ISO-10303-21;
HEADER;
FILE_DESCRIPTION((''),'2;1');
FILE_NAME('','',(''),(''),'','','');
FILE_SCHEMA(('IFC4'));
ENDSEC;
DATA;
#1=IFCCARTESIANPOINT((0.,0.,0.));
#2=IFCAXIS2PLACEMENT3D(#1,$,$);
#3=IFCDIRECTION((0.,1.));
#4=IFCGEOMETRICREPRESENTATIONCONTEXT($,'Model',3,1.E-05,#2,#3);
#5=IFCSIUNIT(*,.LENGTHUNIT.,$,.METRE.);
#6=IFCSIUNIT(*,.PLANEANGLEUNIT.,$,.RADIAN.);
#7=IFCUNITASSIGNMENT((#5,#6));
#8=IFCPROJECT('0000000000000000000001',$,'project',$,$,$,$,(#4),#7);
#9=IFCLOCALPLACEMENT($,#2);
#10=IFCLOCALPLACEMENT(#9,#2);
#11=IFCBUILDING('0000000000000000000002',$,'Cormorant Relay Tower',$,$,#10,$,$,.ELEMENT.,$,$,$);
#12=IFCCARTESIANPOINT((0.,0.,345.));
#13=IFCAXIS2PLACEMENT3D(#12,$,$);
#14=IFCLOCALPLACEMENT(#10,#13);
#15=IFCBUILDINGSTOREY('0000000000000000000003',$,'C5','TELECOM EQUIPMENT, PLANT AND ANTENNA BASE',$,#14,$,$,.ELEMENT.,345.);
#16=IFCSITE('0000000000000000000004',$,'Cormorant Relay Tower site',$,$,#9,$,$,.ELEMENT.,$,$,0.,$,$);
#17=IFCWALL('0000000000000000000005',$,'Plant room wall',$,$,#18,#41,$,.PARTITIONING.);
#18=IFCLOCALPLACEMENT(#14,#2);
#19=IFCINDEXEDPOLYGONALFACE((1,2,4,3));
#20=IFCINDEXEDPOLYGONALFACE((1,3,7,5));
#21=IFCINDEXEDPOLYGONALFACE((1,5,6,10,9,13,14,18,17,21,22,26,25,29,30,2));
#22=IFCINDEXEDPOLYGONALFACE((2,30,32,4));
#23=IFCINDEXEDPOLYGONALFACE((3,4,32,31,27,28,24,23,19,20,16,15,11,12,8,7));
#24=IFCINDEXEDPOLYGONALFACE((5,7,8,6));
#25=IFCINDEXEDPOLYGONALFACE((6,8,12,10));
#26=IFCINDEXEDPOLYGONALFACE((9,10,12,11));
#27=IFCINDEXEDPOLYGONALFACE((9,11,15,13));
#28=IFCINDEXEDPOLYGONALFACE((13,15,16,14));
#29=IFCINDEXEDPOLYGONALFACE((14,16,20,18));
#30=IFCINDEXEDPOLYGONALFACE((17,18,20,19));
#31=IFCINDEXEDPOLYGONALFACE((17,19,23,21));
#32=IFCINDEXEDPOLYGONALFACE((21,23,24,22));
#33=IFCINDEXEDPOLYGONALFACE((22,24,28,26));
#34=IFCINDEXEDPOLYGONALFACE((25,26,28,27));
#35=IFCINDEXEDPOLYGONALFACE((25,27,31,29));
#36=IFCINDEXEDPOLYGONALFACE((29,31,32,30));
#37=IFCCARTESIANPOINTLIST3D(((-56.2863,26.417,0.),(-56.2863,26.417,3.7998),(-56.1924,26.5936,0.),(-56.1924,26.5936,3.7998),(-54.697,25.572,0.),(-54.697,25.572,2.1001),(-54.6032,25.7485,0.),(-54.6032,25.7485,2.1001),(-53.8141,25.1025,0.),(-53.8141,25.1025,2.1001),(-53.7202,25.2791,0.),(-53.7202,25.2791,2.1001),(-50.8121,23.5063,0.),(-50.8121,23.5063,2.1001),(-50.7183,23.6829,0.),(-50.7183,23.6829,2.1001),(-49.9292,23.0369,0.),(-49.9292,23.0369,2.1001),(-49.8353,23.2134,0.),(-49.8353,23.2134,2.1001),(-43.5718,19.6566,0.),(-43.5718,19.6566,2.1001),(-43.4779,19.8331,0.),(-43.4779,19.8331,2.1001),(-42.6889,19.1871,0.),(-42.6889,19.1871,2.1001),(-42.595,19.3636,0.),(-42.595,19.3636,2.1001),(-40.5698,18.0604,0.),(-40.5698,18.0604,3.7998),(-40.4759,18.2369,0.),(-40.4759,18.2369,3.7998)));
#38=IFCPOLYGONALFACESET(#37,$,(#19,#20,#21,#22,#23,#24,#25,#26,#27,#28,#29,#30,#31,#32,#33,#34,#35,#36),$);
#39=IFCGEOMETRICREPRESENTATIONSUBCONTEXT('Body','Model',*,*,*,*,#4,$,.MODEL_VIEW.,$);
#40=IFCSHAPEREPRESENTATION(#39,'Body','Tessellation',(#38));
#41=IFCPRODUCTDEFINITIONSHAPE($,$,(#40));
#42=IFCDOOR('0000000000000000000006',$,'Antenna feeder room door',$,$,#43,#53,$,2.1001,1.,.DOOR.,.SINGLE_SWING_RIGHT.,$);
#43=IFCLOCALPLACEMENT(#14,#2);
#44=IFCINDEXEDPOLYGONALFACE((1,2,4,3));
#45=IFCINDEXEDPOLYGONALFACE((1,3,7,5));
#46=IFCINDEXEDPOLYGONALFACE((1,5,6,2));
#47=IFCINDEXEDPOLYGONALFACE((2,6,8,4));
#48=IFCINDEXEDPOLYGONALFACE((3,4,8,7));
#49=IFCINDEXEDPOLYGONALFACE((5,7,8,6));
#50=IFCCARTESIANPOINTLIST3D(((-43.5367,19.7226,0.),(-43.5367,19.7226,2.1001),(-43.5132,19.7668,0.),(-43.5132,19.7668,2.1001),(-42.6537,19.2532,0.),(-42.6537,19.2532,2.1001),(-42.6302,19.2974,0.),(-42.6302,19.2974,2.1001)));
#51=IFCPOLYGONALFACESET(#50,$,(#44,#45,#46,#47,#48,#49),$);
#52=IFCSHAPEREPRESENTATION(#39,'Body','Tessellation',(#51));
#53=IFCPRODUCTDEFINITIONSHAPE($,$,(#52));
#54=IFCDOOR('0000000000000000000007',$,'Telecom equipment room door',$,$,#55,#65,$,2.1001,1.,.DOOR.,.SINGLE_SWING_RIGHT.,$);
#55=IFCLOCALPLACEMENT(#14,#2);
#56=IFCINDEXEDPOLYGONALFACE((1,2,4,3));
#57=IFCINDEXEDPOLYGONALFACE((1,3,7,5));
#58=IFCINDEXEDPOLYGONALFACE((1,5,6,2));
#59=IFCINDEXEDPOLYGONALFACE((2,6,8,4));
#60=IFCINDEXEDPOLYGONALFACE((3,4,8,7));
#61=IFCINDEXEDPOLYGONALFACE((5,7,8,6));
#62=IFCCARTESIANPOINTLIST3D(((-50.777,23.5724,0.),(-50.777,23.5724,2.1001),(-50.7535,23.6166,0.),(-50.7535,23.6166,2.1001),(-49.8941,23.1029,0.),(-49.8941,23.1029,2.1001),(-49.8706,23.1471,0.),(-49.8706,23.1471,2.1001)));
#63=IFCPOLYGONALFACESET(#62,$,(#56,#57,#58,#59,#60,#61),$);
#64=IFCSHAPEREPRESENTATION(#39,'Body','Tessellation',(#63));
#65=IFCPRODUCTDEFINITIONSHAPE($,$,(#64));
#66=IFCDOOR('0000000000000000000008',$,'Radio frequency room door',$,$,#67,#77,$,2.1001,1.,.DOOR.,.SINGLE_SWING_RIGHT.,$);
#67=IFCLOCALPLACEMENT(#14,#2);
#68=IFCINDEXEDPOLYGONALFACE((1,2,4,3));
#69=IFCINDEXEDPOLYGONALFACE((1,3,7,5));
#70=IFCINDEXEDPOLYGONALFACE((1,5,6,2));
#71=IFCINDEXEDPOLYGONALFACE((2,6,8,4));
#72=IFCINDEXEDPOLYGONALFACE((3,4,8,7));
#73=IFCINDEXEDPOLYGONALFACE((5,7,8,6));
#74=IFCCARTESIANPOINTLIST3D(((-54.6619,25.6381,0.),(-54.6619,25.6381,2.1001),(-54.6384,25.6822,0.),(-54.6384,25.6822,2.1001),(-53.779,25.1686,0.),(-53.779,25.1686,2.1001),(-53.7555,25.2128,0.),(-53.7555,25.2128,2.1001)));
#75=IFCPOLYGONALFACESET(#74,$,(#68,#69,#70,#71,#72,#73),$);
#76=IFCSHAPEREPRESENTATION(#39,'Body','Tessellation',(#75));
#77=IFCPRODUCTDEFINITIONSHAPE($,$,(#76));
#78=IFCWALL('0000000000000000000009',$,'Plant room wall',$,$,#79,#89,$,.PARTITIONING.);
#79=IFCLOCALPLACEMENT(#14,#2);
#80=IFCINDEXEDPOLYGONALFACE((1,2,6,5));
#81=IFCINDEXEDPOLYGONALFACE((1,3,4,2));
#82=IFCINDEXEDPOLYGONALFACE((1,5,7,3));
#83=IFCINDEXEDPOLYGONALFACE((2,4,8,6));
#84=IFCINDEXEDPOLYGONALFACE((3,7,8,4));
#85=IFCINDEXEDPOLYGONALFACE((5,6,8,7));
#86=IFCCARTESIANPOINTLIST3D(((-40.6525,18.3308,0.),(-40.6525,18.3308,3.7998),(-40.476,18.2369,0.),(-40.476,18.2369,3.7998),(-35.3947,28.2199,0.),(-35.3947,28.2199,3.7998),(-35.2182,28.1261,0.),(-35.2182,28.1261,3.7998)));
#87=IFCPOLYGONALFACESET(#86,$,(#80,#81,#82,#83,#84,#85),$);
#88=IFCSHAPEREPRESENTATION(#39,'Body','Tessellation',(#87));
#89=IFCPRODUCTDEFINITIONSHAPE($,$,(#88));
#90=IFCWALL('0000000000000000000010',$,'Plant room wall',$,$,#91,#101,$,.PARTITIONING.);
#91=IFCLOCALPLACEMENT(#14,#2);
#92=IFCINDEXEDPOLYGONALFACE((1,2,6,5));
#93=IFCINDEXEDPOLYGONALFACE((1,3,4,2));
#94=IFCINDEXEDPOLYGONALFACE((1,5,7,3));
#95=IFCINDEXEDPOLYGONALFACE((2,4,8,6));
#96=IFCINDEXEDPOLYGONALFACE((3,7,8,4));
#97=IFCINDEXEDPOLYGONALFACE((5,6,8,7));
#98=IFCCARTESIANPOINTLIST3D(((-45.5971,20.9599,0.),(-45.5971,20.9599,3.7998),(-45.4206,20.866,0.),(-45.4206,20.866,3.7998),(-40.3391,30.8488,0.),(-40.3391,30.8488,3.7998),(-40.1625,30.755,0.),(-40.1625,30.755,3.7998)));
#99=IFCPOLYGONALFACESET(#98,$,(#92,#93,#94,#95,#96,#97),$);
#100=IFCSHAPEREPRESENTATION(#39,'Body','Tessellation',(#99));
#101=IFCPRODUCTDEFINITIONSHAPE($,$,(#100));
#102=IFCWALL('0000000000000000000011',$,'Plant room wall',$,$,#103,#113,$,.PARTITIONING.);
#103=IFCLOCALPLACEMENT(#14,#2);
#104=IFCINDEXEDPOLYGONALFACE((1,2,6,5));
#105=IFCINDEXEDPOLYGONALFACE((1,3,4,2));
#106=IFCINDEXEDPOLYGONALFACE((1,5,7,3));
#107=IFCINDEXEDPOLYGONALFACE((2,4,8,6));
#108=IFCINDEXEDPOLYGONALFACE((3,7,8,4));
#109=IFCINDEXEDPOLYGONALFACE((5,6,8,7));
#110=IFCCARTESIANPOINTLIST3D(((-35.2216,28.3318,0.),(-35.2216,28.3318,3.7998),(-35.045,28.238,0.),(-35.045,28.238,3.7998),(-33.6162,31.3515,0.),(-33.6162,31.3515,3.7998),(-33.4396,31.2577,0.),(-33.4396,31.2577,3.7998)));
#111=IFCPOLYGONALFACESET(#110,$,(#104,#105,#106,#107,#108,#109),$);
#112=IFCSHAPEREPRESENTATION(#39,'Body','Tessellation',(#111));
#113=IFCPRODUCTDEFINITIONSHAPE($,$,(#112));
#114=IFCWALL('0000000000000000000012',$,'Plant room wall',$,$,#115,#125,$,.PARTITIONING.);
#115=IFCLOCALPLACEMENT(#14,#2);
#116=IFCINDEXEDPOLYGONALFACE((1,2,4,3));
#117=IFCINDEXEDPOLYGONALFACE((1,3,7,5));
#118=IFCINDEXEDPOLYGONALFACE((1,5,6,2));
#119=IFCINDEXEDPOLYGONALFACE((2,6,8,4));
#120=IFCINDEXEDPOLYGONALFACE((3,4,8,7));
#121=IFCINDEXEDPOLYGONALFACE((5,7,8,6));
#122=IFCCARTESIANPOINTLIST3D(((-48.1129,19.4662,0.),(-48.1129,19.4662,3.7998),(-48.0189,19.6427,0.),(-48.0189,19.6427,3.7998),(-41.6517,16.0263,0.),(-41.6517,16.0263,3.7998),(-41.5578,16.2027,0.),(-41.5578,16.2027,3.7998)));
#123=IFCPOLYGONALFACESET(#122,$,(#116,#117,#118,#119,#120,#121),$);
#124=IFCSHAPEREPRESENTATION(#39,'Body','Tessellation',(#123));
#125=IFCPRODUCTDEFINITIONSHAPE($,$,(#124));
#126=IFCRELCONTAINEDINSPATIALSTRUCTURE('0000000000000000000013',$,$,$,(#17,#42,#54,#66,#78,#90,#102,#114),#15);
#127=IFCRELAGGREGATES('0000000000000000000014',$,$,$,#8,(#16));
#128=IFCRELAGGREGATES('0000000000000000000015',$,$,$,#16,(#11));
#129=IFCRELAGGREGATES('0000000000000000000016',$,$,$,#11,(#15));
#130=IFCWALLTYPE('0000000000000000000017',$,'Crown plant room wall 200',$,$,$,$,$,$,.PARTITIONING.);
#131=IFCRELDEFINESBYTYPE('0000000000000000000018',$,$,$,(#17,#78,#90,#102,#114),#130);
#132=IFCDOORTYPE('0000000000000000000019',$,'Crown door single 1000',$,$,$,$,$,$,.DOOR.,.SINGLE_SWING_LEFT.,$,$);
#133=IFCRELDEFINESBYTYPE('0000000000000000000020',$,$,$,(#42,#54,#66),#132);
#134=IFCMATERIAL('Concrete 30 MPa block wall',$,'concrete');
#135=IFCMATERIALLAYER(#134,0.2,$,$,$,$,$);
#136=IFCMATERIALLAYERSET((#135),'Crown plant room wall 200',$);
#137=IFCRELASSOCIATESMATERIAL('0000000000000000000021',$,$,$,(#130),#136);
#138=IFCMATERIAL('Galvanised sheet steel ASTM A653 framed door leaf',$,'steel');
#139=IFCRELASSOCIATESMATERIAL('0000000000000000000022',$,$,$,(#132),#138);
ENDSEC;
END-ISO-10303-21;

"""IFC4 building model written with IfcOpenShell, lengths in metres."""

from ifc_helpers import new_model, si_unit, direction, frame, frame_2d, origin, place, context, subcontext, project, spatial, rectangle, extrude, material, layer, layer_set, type_object, element, fill, save


model = new_model("IFC4")

# Units and contexts
model_context = context("Model", 3, precision=1e-05, world=origin(), true_north=direction((0.0, 1.0)))
body_context = subcontext(model_context, "Body", "Model", "MODEL_VIEW")
ifc_project = project(units=[si_unit("LENGTHUNIT", "METRE"), si_unit("PLANEANGLEUNIT", "RADIAN")], contexts=[model_context])

# Site, building, storey
site_placement = place(None, origin())
site = spatial("IfcSite", under=ifc_project, at=site_placement, Name="Cormorant Relay Tower site", CompositionType="ELEMENT", RefElevation=0.0)
building_placement = place(site_placement, origin())
building = spatial("IfcBuilding", under=site, at=building_placement, Name="Cormorant Relay Tower", CompositionType="ELEMENT")
storey_placement = place(building_placement, frame((0.0, 0.0, 345.0)))
storey = spatial("IfcBuildingStorey", under=building, at=storey_placement, Name="C5", Description="TELECOM EQUIPMENT, PLANT AND ANTENNA BASE", CompositionType="ELEMENT", Elevation=345.0)

# Shared definitions
ifc_material_1 = material(Name="Concrete 30 MPa block wall", Category="concrete")
ifc_layer_1 = layer(ifc_material_1, 0.2)
ifc_layer_set_1 = layer_set([ifc_layer_1], Name="Crown plant room wall 200")
wall_type_1 = type_object("IfcWallType", Name="Crown plant room wall 200", PredefinedType="PARTITIONING", material=ifc_layer_set_1)

# Wall, openings, doors
wall_1_placement = place(storey_placement, frame((-40.5229, 18.1487, 0.0), z_axis=(0.0, 0.0, 1.0), x_axis=(-0.882946, 0.469474, 0.0)))
wall_1 = element("IfcWall", 1, at=wall_1_placement, inside=storey, type_object=wall_type_1, Name="Plant room wall", PredefinedType="PARTITIONING", context=body_context, shape_type="SweptSolid", body=[
    extrude(rectangle(XDim=17.8, YDim=0.2, at=frame_2d((8.8999, 0.0))), origin(), (0.0, 0.0, 1.0), 3.7998),
])
opening_1_placement = place(wall_1_placement, frame((2.3999, 0.0, 0.0)))
opening_1 = element("IfcOpeningElement", 2, at=opening_1_placement, cuts=wall_1, PredefinedType="OPENING", context=body_context, shape_type="SweptSolid", body=[
    extrude(rectangle(XDim=1.0, YDim=2.1001, at=frame_2d((0.5, 1.05))), frame((0.0, 0.1099, 0.0), z_axis=(0.0, -1.0, 0.0), x_axis=(1.0, 0.0, 0.0)), (0.0, 0.0, 1.0), 0.22),
])
opening_2_placement = place(wall_1_placement, frame((10.6001, 0.0, 0.0)))
opening_2 = element("IfcOpeningElement", 3, at=opening_2_placement, cuts=wall_1, PredefinedType="OPENING", context=body_context, shape_type="SweptSolid", body=[
    extrude(rectangle(XDim=1.0, YDim=2.1001, at=frame_2d((0.5, 1.05))), frame((0.0, 0.1099, 0.0), z_axis=(0.0, -1.0, 0.0), x_axis=(1.0, 0.0, 0.0)), (0.0, 0.0, 1.0), 0.22),
])
opening_3_placement = place(wall_1_placement, frame((15.0, 0.0, 0.0)))
opening_3 = element("IfcOpeningElement", 4, at=opening_3_placement, cuts=wall_1, PredefinedType="OPENING", context=body_context, shape_type="SweptSolid", body=[
    extrude(rectangle(XDim=1.0, YDim=2.1001, at=frame_2d((0.5, 1.05))), frame((0.0, 0.1099, 0.0), z_axis=(0.0, -1.0, 0.0), x_axis=(1.0, 0.0, 0.0)), (0.0, 0.0, 1.0), 0.22),
])
ifc_material_2 = material(Name="Galvanised sheet steel ASTM A653 framed door leaf", Category="steel")
door_type_1 = type_object("IfcDoorType", Name="Crown door single 1000", OperationType="SINGLE_SWING_LEFT", PredefinedType="DOOR", material=ifc_material_2)
door_1_placement = place(opening_1_placement, frame((1.0, 0.0, 0.0), z_axis=(0.0, 0.0, 1.0), x_axis=(-1.0, 0.0, 0.0)))
door_1 = element("IfcDoor", 5, at=door_1_placement, inside=storey, type_object=door_type_1, Name="Antenna feeder room door", OperationType="SINGLE_SWING_RIGHT", OverallHeight=2.1001, OverallWidth=1.0, PredefinedType="DOOR", context=body_context, shape_type="SweptSolid", body=[
    extrude(rectangle(XDim=1.0, YDim=2.1001, at=frame_2d((0.5, 1.05))), frame((0.0, 0.0249, 0.0), z_axis=(0.0, -1.0, 0.0), x_axis=(1.0, 0.0, 0.0)), (0.0, 0.0, 1.0), 0.05),
])
fill(opening_1, door_1)
door_2_placement = place(opening_2_placement, frame((1.0, 0.0, 0.0), z_axis=(0.0, 0.0, 1.0), x_axis=(-1.0, 0.0, 0.0)))
door_2 = element("IfcDoor", 6, at=door_2_placement, inside=storey, type_object=door_type_1, Name="Telecom equipment room door", OperationType="SINGLE_SWING_RIGHT", OverallHeight=2.1001, OverallWidth=1.0, PredefinedType="DOOR", context=body_context, shape_type="SweptSolid", body=[
    extrude(rectangle(XDim=1.0, YDim=2.1001, at=frame_2d((0.5, 1.05))), frame((0.0, 0.0249, 0.0), z_axis=(0.0, -1.0, 0.0), x_axis=(1.0, 0.0, 0.0)), (0.0, 0.0, 1.0), 0.05),
])
fill(opening_2, door_2)
door_3_placement = place(opening_3_placement, frame((1.0, 0.0, 0.0), z_axis=(0.0, 0.0, 1.0), x_axis=(-1.0, 0.0, 0.0)))
door_3 = element("IfcDoor", 7, at=door_3_placement, inside=storey, type_object=door_type_1, Name="Radio frequency room door", OperationType="SINGLE_SWING_RIGHT", OverallHeight=2.1001, OverallWidth=1.0, PredefinedType="DOOR", context=body_context, shape_type="SweptSolid", body=[
    extrude(rectangle(XDim=1.0, YDim=2.1001, at=frame_2d((0.5, 1.05))), frame((0.0, 0.0249, 0.0), z_axis=(0.0, -1.0, 0.0), x_axis=(1.0, 0.0, 0.0)), (0.0, 0.0, 1.0), 0.05),
])
fill(opening_3, door_3)

# Walls
for number, where, z_axis, x_axis, name in (
    (8, (-35.3064, 28.1731, 0.0), (0.0, 0.0, 1.0), (-0.469447, -0.88296, 0.0), "Plant room wall"),
    (9, (-40.2507, 30.802, 0.0), (0.0, 0.0, 1.0), (-0.469473, -0.882947, 0.0), "Plant room wall"),
):
    element("IfcWall", number, at=place(storey_placement, frame(where, z_axis=z_axis, x_axis=x_axis)), inside=storey, type_object=wall_type_1, Name=name, PredefinedType="PARTITIONING", context=body_context, shape_type="SweptSolid", body=[
        extrude(rectangle(XDim=11.2, YDim=0.2, at=frame_2d((5.6001, 0.0))), origin(), (0.0, 0.0, 1.0), 3.7998),
    ])
wall_2_placement = place(storey_placement, frame((-35.1333, 28.2849, 0.0), z_axis=(0.0, 0.0, 1.0), x_axis=(0.469432, 0.882969, 0.0)))
element("IfcWall", 10, at=wall_2_placement, inside=storey, type_object=wall_type_1, Name="Plant room wall", PredefinedType="PARTITIONING", context=body_context, shape_type="SweptSolid", body=[
    extrude(rectangle(XDim=3.4199, YDim=0.2, at=frame_2d((1.71, 0.0))), origin(), (0.0, 0.0, 1.0), 3.7998),
])
wall_3_placement = place(storey_placement, frame((-41.6047, 16.1145, 0.0), z_axis=(0.0, 0.0, 1.0), x_axis=(-0.882694, 0.469948, 0.0)))
element("IfcWall", 11, at=wall_3_placement, inside=storey, type_object=wall_type_1, Name="Plant room wall", PredefinedType="PARTITIONING", context=body_context, shape_type="SweptSolid", body=[
    extrude(rectangle(XDim=7.3198, YDim=0.2, at=frame_2d((3.6599, 0.0))), origin(), (0.0, 0.0, 1.0), 3.7998),
])

save(model, "model.ifc")
